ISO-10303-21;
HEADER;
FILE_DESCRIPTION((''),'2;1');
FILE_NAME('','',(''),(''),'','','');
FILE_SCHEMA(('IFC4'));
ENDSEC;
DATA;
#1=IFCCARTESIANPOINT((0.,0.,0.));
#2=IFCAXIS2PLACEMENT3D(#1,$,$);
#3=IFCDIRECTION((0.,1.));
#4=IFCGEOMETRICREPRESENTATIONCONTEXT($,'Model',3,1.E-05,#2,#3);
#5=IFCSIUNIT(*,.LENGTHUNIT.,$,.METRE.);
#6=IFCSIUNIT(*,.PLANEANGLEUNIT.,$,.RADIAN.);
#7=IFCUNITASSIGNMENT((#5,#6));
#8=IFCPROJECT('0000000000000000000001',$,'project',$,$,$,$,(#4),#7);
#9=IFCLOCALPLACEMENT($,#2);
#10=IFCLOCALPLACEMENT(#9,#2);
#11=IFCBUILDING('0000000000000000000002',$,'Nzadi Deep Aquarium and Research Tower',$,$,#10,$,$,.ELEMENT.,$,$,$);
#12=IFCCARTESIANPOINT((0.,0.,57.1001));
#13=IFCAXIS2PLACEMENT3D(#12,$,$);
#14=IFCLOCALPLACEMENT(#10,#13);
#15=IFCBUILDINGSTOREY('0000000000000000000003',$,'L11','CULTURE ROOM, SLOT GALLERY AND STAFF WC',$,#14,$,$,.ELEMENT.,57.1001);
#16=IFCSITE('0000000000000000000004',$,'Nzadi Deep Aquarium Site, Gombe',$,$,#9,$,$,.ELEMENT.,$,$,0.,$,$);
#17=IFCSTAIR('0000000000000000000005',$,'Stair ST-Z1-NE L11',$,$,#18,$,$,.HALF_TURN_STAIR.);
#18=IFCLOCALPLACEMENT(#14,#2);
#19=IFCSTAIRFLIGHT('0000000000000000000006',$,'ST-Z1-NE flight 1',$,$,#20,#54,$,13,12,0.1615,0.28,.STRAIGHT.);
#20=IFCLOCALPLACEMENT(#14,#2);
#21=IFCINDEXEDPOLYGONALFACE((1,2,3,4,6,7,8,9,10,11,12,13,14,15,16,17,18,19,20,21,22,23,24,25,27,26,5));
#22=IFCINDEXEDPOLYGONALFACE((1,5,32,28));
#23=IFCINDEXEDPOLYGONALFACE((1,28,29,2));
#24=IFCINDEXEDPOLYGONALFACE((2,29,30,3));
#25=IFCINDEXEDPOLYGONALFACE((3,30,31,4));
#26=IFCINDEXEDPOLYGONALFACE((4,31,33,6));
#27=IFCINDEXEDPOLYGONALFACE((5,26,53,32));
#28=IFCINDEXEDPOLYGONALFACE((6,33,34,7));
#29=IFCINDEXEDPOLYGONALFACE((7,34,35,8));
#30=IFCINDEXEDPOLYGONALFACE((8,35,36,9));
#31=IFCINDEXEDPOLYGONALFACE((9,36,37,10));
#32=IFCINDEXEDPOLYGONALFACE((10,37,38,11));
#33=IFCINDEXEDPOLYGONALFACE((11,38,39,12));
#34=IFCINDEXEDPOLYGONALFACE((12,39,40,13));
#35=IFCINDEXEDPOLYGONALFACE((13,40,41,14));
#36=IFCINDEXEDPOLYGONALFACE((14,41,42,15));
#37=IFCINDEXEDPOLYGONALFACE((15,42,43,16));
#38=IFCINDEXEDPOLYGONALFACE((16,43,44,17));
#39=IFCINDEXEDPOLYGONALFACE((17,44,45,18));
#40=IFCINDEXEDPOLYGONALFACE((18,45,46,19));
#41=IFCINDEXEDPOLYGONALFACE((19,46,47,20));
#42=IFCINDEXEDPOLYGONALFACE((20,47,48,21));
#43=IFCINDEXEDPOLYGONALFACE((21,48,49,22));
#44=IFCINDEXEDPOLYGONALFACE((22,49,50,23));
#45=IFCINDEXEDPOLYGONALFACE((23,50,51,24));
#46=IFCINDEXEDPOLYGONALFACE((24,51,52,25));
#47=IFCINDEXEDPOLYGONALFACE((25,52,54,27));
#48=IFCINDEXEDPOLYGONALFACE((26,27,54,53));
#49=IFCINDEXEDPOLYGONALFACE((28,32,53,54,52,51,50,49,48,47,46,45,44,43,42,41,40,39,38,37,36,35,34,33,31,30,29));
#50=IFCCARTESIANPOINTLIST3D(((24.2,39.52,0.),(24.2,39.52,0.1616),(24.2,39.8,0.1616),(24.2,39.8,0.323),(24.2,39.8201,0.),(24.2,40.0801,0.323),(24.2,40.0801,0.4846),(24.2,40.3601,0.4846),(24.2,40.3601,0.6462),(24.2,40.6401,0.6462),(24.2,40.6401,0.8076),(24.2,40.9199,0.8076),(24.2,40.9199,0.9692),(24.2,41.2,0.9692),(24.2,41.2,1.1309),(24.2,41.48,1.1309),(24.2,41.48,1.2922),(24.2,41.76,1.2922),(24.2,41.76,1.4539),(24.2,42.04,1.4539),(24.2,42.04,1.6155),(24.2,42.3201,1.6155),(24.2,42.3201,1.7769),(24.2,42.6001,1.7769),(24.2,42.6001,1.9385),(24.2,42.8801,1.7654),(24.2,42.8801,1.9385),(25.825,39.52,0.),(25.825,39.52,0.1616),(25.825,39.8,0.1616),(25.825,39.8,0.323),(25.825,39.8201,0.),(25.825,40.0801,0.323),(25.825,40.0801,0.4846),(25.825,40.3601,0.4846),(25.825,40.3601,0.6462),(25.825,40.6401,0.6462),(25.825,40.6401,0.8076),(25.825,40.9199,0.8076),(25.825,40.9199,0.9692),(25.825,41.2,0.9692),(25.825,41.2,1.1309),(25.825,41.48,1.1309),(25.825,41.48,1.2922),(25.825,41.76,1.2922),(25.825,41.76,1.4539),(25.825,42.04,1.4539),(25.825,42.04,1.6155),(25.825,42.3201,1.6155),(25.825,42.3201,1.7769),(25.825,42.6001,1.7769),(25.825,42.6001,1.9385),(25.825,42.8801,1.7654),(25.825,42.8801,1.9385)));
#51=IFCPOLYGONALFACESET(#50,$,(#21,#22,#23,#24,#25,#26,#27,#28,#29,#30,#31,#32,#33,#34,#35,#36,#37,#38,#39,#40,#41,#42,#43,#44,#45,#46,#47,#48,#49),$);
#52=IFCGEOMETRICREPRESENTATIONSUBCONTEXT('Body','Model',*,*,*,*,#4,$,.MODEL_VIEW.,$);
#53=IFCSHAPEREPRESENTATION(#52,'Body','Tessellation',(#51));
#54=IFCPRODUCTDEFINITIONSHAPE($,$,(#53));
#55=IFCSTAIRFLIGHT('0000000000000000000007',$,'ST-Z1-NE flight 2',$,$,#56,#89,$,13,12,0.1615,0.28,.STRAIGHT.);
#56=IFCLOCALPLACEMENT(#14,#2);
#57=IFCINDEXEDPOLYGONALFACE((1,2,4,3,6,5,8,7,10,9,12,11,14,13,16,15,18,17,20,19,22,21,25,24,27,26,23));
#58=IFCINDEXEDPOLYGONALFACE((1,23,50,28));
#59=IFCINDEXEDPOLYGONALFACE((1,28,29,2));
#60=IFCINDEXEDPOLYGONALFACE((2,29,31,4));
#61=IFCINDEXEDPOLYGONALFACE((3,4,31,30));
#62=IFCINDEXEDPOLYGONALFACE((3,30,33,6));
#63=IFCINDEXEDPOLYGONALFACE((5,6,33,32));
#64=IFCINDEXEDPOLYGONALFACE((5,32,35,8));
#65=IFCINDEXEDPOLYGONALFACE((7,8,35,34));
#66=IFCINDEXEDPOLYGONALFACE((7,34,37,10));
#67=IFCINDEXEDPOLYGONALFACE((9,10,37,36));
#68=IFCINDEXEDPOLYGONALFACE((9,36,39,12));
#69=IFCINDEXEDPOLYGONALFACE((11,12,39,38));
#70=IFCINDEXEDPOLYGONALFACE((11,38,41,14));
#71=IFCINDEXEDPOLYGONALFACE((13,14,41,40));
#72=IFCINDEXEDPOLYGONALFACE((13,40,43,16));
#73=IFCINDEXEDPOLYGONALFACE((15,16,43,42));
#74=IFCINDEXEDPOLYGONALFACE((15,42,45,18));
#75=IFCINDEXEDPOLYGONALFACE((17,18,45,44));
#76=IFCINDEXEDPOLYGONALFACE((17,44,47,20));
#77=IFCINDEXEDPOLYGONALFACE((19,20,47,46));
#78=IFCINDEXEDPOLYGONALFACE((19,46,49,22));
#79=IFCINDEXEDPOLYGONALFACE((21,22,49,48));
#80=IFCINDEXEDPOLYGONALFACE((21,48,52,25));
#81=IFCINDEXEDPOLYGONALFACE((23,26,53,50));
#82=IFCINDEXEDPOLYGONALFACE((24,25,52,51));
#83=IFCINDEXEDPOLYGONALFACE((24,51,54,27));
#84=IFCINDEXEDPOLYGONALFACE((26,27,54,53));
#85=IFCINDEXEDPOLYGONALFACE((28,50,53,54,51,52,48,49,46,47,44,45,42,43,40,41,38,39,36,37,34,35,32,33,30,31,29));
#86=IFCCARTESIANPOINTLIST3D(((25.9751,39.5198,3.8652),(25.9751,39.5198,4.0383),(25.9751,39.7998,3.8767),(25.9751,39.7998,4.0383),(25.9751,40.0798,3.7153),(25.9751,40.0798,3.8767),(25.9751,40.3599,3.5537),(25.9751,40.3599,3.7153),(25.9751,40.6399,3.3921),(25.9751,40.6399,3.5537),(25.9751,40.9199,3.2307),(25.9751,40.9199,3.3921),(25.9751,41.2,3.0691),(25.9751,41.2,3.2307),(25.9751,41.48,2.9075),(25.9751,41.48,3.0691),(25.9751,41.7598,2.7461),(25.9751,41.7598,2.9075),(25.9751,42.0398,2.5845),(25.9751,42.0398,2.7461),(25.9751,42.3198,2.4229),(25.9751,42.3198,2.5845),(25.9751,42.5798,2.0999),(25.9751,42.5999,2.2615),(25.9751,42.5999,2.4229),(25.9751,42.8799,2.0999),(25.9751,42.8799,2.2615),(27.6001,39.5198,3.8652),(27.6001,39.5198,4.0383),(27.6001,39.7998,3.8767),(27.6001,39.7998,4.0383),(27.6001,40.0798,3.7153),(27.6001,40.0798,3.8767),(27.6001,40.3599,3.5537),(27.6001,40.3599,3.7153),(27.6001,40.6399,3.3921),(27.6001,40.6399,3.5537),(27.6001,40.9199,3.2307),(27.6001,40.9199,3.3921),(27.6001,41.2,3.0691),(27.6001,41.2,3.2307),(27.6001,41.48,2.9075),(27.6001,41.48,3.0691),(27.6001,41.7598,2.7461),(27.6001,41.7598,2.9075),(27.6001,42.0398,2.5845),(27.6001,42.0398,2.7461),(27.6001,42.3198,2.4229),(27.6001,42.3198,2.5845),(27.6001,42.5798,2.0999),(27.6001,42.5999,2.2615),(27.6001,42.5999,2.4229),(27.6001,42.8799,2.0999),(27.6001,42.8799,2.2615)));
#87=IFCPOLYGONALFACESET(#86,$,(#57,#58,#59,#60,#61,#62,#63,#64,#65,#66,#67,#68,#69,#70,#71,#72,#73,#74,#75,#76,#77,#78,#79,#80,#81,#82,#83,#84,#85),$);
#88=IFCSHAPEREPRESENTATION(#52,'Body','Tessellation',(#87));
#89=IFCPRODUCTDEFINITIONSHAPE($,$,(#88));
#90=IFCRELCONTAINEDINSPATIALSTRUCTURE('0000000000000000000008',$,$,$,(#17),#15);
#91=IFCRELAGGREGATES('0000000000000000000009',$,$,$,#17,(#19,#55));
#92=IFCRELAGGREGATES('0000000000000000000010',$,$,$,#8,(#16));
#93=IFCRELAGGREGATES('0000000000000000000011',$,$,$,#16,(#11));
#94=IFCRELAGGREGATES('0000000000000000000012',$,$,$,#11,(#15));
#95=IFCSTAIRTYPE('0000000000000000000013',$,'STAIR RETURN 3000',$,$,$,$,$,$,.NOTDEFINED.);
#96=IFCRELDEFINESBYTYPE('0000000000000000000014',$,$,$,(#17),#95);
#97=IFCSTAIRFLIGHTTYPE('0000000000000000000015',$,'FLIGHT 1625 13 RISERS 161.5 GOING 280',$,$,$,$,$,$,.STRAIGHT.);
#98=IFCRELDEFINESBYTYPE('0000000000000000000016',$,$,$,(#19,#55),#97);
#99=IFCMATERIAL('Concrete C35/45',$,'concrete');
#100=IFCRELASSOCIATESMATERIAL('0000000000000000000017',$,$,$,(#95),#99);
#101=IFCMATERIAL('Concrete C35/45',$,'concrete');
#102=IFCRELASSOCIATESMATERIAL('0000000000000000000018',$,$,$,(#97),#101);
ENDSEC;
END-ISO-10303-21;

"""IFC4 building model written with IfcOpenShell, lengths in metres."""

from ifc_helpers import new_model, si_unit, direction, frame, origin, place, context, subcontext, project, spatial, polyline, outline, extrude, material, type_object, element, aggregate, save


model = new_model("IFC4")

# Units and contexts
model_context = context("Model", 3, precision=1e-05, world=origin(), true_north=direction((0.0, 1.0)))
body_context = subcontext(model_context, "Body", "Model", "MODEL_VIEW")
ifc_project = project(units=[si_unit("LENGTHUNIT", "METRE"), si_unit("PLANEANGLEUNIT", "RADIAN")], contexts=[model_context])

# Site, building, storey
site_placement = place(None, origin())
site = spatial("IfcSite", under=ifc_project, at=site_placement, Name="Nzadi Deep Aquarium Site, Gombe", CompositionType="ELEMENT", RefElevation=0.0)
building_placement = place(site_placement, origin())
building = spatial("IfcBuilding", under=site, at=building_placement, Name="Nzadi Deep Aquarium and Research Tower", CompositionType="ELEMENT")
storey_placement = place(building_placement, frame((0.0, 0.0, 57.1001)))
storey = spatial("IfcBuildingStorey", under=building, at=storey_placement, Name="L11", Description="CULTURE ROOM, SLOT GALLERY AND STAFF WC", CompositionType="ELEMENT", Elevation=57.1001)

# Stair, stair flights
ifc_material_1 = material(Name="Concrete C35/45", Category="concrete")
stair_type = type_object("IfcStairType", Name="STAIR RETURN 3000", PredefinedType="NOTDEFINED", material=ifc_material_1)
stair_placement = place(storey_placement, origin())
stair = element("IfcStair", 1, at=stair_placement, inside=storey, type_object=stair_type, Name="Stair ST-Z1-NE L11", PredefinedType="HALF_TURN_STAIR")
ifc_material_2 = material(Name="Concrete C35/45", Category="concrete")
stair_flight_type = type_object("IfcStairFlightType", Name="FLIGHT 1625 13 RISERS 161.5 GOING 280", PredefinedType="STRAIGHT", material=ifc_material_2)
stair_flight_1_placement = place(storey_placement, frame((25.0125, 39.52, 0.0), z_axis=(0.0, 0.0, 1.0), x_axis=(0.0, 1.0, 0.0)))
stair_flight_1 = element("IfcStairFlight", 2, at=stair_flight_1_placement, type_object=stair_flight_type, Name="ST-Z1-NE flight 1", NumberOfRisers=13, NumberOfTreads=12, PredefinedType="STRAIGHT", RiserHeight=0.1615, TreadLength=0.28, context=body_context, shape_type="SweptSolid", body=[
    extrude(outline(polyline([(0.0, 0.0), (0.0, 0.1616), (0.28, 0.1616), (0.28, 0.323), (0.5601, 0.323), (0.5601, 0.4846), (0.8401, 0.4846), (0.8401, 0.6462), (1.1201, 0.6462), (1.1201, 0.8076), (1.3999, 0.8076), (1.3999, 0.9692), (1.6799, 0.9692), (1.6799, 1.1309), (1.96, 1.1309), (1.96, 1.2922), (2.24, 1.2922), (2.24, 1.4539), (2.52, 1.4539), (2.52, 1.6155), (2.8, 1.6155), (2.8, 1.7769), (3.0801, 1.7769), (3.0801, 1.9385), (3.3601, 1.9385), (3.3601, 2.1001), (3.3601, 1.7654), (0.3, 0.0), (0.0, 0.0)])), frame((0.0, 0.8125, 0.0), z_axis=(0.0, -1.0, 0.0), x_axis=(1.0, 0.0, 0.0)), (0.0, 0.0, 1.0), 1.625),
])
stair_flight_2_placement = place(storey_placement, frame((26.7876, 42.8799, 2.0999), z_axis=(0.0, 0.0, 1.0), x_axis=(0.0, -1.0, 0.0)))
stair_flight_2 = element("IfcStairFlight", 3, at=stair_flight_2_placement, type_object=stair_flight_type, Name="ST-Z1-NE flight 2", NumberOfRisers=13, NumberOfTreads=12, PredefinedType="STRAIGHT", RiserHeight=0.1615, TreadLength=0.28, context=body_context, shape_type="SweptSolid", body=[
    extrude(outline(polyline([(0.0, 0.0), (0.0, 0.1616), (0.28, 0.1616), (0.28, 0.323), (0.5601, 0.323), (0.5601, 0.4846), (0.8401, 0.4846), (0.8401, 0.6462), (1.1201, 0.6462), (1.1201, 0.8076), (1.3999, 0.8076), (1.3999, 0.9692), (1.6799, 0.9692), (1.6799, 1.1309), (1.96, 1.1309), (1.96, 1.2922), (2.24, 1.2922), (2.24, 1.4539), (2.52, 1.4539), (2.52, 1.6155), (2.8, 1.6155), (2.8, 1.7769), (3.0801, 1.7769), (3.0801, 1.9385), (3.3601, 1.9385), (3.3601, 2.1001), (3.3601, 1.7654), (0.3, 0.0), (0.0, 0.0)])), frame((0.0, 0.8125, 0.0), z_axis=(0.0, -1.0, 0.0), x_axis=(1.0, 0.0, 0.0)), (0.0, 0.0, 1.0), 1.625),
])
aggregate(stair, [stair_flight_1, stair_flight_2])

save(model, "model.ifc")
